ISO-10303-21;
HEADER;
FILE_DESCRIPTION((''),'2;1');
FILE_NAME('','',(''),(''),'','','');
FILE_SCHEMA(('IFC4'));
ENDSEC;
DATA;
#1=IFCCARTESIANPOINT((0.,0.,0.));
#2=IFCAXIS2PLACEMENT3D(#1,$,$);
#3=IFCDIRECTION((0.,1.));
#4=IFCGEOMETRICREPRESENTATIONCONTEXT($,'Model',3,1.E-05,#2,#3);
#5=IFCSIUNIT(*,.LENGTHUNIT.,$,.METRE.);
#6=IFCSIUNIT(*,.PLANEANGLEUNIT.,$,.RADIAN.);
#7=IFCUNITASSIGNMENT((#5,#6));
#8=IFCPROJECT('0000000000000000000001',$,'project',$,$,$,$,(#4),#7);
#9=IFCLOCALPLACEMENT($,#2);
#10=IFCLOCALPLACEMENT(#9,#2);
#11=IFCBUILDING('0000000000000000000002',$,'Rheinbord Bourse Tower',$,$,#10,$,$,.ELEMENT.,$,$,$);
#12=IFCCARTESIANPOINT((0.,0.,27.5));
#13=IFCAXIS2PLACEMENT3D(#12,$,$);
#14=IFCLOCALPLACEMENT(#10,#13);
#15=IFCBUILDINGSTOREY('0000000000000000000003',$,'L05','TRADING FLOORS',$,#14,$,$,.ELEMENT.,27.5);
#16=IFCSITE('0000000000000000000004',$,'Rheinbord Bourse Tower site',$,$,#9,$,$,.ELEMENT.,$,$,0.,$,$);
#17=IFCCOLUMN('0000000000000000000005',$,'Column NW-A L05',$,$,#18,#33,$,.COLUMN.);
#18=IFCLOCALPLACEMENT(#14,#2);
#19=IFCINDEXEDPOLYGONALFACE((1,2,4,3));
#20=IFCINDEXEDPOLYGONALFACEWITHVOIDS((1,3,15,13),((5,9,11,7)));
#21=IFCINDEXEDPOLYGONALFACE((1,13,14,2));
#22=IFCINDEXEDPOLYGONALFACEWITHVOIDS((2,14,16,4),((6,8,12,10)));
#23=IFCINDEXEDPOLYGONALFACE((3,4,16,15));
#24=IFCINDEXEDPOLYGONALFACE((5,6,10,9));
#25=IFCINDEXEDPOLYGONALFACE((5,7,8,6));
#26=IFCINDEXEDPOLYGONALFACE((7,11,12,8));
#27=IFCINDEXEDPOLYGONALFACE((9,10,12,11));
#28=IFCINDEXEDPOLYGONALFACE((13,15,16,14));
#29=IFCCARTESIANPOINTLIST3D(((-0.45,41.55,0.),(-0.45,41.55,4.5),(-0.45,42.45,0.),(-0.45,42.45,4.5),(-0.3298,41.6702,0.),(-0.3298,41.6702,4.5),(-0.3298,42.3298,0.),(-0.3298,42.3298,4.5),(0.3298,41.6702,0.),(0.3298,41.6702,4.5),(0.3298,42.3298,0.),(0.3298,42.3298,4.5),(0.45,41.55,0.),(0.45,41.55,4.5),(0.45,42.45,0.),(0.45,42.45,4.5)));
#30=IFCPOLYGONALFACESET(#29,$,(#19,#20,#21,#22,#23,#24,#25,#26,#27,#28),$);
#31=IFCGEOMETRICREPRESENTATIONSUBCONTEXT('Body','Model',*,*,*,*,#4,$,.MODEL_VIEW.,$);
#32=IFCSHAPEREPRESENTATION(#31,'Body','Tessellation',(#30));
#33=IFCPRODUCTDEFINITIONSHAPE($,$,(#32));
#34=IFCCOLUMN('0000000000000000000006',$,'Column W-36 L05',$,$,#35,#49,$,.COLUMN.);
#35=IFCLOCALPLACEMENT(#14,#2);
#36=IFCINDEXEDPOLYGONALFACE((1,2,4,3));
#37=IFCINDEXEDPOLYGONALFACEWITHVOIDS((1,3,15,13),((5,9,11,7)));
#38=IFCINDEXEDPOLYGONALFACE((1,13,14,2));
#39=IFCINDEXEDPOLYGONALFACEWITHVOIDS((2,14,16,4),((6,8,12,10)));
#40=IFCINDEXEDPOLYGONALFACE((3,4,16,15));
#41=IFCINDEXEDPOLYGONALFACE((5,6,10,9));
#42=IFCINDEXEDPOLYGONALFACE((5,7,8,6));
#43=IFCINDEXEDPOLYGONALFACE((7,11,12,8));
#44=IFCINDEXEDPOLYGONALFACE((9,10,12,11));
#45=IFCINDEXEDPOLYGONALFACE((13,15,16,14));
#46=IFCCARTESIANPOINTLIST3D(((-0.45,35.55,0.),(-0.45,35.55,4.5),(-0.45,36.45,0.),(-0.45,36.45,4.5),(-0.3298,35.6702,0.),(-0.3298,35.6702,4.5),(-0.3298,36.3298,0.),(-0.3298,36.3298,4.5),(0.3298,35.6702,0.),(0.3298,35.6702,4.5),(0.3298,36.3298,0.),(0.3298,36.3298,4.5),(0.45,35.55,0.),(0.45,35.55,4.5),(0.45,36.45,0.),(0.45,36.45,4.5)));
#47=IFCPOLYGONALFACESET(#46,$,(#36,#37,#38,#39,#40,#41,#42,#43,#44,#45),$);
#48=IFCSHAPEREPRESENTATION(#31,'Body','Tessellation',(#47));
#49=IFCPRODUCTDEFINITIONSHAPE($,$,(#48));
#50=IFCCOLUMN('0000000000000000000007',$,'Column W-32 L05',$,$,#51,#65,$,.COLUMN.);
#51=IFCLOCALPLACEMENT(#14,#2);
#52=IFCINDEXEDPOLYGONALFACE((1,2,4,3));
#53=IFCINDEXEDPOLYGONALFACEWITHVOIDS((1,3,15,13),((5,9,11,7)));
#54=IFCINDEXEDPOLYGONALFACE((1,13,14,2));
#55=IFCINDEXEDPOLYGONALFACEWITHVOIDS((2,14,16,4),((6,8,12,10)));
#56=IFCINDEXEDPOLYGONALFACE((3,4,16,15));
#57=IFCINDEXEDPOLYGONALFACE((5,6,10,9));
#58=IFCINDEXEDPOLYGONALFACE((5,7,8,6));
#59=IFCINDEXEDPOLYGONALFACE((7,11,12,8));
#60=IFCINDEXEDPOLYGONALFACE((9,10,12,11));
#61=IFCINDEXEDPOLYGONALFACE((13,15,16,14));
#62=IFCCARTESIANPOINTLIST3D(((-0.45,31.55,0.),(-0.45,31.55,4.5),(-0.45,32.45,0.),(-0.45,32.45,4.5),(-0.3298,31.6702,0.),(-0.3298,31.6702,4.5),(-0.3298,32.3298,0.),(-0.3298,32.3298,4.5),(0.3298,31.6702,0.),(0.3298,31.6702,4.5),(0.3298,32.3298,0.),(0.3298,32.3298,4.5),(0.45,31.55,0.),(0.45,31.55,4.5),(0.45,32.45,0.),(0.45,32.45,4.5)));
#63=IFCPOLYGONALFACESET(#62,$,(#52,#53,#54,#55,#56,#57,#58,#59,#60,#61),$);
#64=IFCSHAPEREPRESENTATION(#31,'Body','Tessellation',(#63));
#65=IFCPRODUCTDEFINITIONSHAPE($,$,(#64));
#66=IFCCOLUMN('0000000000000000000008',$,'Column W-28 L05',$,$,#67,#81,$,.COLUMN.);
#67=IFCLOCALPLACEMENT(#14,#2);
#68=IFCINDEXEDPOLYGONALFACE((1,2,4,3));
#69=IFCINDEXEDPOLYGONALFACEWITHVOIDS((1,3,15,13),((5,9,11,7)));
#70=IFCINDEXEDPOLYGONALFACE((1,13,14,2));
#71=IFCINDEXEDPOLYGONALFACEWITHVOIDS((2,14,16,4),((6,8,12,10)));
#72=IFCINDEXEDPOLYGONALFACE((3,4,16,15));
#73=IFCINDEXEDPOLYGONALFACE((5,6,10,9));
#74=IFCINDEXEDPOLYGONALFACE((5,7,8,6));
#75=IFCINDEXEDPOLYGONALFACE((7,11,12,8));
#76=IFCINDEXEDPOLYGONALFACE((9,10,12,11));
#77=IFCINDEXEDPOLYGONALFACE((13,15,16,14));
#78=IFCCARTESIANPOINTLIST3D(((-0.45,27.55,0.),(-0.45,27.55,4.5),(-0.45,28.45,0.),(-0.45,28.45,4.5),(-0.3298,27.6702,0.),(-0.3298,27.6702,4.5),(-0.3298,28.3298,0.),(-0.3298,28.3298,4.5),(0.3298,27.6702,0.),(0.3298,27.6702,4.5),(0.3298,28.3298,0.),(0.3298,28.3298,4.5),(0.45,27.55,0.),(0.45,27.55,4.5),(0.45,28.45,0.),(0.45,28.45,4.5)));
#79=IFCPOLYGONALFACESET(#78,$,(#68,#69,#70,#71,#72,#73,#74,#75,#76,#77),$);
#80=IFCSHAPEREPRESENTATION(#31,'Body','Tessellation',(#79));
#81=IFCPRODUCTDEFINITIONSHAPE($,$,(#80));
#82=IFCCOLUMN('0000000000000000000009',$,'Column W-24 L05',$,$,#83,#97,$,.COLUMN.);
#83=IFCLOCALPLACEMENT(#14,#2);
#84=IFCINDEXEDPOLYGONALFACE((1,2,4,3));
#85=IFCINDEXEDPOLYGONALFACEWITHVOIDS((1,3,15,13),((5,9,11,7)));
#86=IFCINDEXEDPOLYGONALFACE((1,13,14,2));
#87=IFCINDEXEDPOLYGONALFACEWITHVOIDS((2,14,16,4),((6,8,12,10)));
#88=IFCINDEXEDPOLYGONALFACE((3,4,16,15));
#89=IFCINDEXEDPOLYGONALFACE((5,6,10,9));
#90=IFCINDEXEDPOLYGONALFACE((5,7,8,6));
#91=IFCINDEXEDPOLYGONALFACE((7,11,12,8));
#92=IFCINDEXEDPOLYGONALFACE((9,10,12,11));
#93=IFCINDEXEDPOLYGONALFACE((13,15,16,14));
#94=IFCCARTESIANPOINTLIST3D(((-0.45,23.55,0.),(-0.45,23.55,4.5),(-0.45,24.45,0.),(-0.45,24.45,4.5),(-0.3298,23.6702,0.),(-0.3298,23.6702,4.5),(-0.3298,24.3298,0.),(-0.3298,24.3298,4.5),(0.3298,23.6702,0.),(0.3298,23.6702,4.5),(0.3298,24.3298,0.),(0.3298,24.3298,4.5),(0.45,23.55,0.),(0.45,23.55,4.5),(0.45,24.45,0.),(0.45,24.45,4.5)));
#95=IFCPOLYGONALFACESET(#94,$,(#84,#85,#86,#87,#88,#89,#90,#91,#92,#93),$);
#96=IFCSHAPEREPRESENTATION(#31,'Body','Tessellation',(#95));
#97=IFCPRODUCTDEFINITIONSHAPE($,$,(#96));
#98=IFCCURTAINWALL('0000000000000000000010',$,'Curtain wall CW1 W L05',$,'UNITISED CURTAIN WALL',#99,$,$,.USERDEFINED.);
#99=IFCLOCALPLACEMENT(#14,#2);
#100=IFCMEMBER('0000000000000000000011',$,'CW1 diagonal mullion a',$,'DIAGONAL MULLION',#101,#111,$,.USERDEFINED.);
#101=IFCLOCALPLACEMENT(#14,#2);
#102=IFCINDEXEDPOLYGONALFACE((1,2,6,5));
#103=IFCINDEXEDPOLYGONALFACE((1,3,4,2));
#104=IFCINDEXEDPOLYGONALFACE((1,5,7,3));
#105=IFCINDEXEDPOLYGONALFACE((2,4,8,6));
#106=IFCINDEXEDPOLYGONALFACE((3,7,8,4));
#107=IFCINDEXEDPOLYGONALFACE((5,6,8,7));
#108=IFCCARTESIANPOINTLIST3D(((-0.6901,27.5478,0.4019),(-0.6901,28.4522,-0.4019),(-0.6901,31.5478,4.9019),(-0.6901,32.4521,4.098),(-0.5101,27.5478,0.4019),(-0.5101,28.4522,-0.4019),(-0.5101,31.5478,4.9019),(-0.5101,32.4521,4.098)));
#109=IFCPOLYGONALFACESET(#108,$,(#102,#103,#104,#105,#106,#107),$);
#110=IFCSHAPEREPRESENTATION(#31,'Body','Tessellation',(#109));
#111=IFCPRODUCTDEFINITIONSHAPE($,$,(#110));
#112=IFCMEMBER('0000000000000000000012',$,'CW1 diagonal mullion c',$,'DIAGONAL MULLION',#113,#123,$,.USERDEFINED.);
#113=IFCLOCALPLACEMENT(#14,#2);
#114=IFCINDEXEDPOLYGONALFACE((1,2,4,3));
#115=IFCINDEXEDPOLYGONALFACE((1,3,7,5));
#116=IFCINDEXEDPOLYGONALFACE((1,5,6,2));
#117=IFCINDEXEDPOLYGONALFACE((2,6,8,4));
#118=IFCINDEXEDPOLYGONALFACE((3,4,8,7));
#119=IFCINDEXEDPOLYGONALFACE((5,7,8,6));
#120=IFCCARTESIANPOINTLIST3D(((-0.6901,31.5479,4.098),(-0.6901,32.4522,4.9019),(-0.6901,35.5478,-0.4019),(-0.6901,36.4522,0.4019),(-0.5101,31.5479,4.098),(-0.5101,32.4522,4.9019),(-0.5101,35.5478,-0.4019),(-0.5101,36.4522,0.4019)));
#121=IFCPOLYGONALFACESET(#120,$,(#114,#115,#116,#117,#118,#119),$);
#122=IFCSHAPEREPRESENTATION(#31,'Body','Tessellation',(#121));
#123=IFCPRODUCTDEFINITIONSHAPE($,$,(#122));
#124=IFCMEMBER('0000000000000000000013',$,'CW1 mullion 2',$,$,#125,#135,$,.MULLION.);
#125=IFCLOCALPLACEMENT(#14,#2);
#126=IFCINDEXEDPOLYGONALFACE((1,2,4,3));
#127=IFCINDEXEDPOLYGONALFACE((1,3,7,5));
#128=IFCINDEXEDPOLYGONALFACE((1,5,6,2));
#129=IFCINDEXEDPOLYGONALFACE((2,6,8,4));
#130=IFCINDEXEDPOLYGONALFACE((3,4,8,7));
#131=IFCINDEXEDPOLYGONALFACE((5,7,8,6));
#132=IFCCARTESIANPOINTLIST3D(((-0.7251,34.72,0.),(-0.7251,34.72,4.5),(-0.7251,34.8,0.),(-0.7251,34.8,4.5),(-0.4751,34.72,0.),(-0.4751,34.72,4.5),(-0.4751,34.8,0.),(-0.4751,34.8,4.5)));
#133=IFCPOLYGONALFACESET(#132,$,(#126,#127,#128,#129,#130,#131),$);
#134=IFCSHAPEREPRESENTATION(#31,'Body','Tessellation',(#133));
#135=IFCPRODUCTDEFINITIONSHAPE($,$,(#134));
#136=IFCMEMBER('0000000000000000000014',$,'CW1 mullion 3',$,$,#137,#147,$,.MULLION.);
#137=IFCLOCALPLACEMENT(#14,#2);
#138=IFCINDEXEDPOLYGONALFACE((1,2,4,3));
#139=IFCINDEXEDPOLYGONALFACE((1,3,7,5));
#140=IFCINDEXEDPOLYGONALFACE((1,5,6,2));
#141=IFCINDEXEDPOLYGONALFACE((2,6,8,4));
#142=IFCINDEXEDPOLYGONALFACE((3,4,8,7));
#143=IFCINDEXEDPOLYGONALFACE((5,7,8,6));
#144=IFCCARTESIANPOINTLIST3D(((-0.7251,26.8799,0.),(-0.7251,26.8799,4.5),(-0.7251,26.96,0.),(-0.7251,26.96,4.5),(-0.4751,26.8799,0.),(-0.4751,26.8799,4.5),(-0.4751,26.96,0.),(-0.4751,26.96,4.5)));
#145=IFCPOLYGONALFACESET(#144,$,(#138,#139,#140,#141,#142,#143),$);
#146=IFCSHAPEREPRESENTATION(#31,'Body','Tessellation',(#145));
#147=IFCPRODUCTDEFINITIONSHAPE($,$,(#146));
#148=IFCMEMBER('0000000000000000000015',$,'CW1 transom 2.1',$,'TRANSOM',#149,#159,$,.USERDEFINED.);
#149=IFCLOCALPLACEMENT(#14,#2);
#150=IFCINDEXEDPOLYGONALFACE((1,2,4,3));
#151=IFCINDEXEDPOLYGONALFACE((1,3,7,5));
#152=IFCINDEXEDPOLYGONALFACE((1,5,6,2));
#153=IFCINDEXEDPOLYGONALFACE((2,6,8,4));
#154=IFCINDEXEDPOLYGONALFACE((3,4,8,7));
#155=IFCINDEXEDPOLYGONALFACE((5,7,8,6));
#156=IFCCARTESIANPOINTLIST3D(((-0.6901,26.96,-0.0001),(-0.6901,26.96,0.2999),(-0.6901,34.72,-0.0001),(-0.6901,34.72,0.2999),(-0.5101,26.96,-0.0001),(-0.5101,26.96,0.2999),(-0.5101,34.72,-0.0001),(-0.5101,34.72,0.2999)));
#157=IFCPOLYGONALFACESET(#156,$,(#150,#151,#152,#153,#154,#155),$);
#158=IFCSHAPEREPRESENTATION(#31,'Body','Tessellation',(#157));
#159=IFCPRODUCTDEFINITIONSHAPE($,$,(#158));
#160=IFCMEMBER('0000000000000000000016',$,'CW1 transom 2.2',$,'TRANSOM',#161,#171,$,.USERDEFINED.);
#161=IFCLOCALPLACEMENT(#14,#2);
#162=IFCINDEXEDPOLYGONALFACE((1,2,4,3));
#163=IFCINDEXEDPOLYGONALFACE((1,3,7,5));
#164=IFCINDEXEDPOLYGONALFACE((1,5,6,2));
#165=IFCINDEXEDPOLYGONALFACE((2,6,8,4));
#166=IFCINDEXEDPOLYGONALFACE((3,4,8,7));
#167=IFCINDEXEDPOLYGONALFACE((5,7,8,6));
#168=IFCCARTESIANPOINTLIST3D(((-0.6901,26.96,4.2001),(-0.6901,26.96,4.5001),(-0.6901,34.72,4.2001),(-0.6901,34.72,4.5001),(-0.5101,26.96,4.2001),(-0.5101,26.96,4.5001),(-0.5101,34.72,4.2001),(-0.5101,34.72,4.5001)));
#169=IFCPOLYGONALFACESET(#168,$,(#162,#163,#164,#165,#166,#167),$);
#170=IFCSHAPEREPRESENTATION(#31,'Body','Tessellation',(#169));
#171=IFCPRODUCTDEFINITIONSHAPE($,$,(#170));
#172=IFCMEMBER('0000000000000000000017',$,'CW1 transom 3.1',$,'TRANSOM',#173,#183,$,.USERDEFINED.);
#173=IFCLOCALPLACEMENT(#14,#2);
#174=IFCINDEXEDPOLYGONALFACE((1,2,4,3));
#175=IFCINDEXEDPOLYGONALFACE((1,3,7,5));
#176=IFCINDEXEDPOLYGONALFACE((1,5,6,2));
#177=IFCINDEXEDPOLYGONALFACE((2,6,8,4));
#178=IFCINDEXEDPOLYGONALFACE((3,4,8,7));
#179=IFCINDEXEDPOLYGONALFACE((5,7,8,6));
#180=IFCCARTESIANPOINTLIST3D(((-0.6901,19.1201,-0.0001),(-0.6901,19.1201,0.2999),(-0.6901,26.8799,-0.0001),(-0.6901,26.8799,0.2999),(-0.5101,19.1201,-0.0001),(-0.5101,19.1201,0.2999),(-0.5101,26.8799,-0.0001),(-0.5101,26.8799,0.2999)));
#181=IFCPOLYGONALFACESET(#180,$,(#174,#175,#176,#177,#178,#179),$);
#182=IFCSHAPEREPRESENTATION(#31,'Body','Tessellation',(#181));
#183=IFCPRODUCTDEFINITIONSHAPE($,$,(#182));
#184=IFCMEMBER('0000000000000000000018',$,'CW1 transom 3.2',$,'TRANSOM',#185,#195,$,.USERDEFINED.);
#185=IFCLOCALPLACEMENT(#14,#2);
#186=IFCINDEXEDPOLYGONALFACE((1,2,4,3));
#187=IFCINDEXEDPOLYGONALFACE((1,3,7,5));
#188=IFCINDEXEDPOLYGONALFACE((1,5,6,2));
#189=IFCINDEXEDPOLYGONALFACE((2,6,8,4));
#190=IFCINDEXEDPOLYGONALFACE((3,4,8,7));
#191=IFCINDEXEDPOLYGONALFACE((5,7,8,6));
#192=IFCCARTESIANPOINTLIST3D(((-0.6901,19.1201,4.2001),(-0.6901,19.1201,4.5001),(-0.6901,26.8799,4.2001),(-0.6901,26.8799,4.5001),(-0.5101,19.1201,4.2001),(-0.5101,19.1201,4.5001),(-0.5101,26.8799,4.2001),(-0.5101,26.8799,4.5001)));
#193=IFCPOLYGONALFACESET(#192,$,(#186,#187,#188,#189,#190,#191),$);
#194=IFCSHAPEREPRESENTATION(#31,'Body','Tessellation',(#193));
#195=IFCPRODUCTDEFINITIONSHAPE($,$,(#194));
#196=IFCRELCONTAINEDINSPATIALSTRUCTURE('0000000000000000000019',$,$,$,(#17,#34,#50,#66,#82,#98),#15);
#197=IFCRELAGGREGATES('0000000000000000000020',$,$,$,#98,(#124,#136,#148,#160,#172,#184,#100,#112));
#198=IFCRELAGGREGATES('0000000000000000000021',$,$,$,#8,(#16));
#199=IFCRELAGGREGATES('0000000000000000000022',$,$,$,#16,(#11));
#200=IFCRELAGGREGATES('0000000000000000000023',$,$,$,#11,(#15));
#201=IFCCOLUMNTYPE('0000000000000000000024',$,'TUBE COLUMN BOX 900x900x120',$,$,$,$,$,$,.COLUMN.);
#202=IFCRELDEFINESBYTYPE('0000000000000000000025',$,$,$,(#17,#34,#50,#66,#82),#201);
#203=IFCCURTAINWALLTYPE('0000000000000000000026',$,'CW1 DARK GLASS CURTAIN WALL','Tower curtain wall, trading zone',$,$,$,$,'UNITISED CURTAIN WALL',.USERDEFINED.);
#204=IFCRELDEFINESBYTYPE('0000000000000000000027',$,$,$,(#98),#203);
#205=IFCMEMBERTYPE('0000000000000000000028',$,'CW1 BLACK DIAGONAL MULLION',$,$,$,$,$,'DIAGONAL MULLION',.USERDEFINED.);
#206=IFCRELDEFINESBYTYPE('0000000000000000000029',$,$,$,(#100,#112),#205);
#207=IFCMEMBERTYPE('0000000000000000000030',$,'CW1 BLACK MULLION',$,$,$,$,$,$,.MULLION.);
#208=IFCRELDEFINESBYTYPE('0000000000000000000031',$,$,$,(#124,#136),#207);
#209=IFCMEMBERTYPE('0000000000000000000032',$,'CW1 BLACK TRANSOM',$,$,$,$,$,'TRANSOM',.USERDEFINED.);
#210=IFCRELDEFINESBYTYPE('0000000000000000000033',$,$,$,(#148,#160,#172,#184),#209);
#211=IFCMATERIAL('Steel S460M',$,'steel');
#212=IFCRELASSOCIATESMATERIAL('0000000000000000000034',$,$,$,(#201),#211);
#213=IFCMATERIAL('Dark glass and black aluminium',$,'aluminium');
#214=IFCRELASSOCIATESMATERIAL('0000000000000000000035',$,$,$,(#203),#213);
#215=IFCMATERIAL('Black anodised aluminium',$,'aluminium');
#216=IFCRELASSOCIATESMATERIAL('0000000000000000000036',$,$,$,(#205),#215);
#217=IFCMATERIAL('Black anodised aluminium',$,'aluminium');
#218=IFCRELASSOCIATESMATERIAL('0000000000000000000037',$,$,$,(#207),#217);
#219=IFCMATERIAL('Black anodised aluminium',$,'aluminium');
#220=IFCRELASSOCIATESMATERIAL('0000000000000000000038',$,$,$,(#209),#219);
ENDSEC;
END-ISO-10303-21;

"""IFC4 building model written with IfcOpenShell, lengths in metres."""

from ifc_helpers import new_model, si_unit, direction, frame, origin, origin_2d, place, context, subcontext, project, spatial, rectangle, hollow_rectangle, extrude, material, material_profile, profile_set, type_object, element, aggregate, save


model = new_model("IFC4")

# Units and contexts
model_context = context("Model", 3, precision=1e-05, world=origin(), true_north=direction((0.0, 1.0)))
body_context = subcontext(model_context, "Body", "Model", "MODEL_VIEW")
ifc_project = project(units=[si_unit("LENGTHUNIT", "METRE"), si_unit("PLANEANGLEUNIT", "RADIAN")], contexts=[model_context])

# Site, building, storey
site_placement = place(None, origin())
site = spatial("IfcSite", under=ifc_project, at=site_placement, Name="Rheinbord Bourse Tower site", CompositionType="ELEMENT", RefElevation=0.0)
building_placement = place(site_placement, origin())
building = spatial("IfcBuilding", under=site, at=building_placement, Name="Rheinbord Bourse Tower", CompositionType="ELEMENT")
storey_placement = place(building_placement, frame((0.0, 0.0, 27.5)))
storey = spatial("IfcBuildingStorey", under=building, at=storey_placement, Name="L05", Description="TRADING FLOORS", CompositionType="ELEMENT", Elevation=27.5)

# Columns
ifc_material_1 = material(Name="Steel S460M", Category="steel")
ifc_material_profile_1 = material_profile(ifc_material_1, hollow_rectangle(XDim=0.8999, YDim=0.8999, WallThickness=0.1201, at=origin_2d()), Name="BOX 900x900x120")
ifc_profile_set_1 = profile_set([ifc_material_profile_1], Name="Steel S460M")
column_type = type_object("IfcColumnType", Name="TUBE COLUMN BOX 900x900x120", PredefinedType="COLUMN", material=ifc_profile_set_1)
for number, where, z_axis, x_axis, name in (
    (1, (0.0, 42.0, 0.0), (0.0, 0.0, 1.0), (1.0, 0.0, 0.0), "Column NW-A L05"),
    (2, (0.0, 36.0, 0.0), (0.0, 0.0, 1.0), (1.0, 0.0, 0.0), "Column W-36 L05"),
    (3, (0.0, 32.0, 0.0), (0.0, 0.0, 1.0), (1.0, 0.0, 0.0), "Column W-32 L05"),
    (4, (0.0, 28.0, 0.0), (0.0, 0.0, 1.0), (1.0, 0.0, 0.0), "Column W-28 L05"),
    (5, (0.0, 24.0, 0.0), (0.0, 0.0, 1.0), (1.0, 0.0, 0.0), "Column W-24 L05"),
):
    element("IfcColumn", number, at=place(storey_placement, frame(where, z_axis=z_axis, x_axis=x_axis)), inside=storey, type_object=column_type, Name=name, PredefinedType="COLUMN", context=body_context, shape_type="SweptSolid", body=[
        extrude(hollow_rectangle(XDim=0.8999, YDim=0.8999, WallThickness=0.1201, at=origin_2d()), origin(), (0.0, 0.0, 1.0), 4.5),
    ])

# Curtain wall, members
ifc_material_2 = material(Name="Dark glass and black aluminium", Category="aluminium")
curtain_wall_type = type_object("IfcCurtainWallType", Name="CW1 DARK GLASS CURTAIN WALL", Description="Tower curtain wall, trading zone", ElementType="UNITISED CURTAIN WALL", PredefinedType="USERDEFINED", material=ifc_material_2)
curtain_wall_placement = place(storey_placement, origin())
curtain_wall = element("IfcCurtainWall", 6, at=curtain_wall_placement, inside=storey, type_object=curtain_wall_type, Name="Curtain wall CW1 W L05", ObjectType="UNITISED CURTAIN WALL", PredefinedType="USERDEFINED")
ifc_material_3 = material(Name="Black anodised aluminium", Category="aluminium")
ifc_material_profile_2 = material_profile(ifc_material_3, rectangle(XDim=0.1799, YDim=1.21, at=origin_2d()), Name="CW1 DIAGONAL MULLION 1210x180")
ifc_profile_set_2 = profile_set([ifc_material_profile_2], Name="Black anodised aluminium")
member_type_1 = type_object("IfcMemberType", Name="CW1 BLACK DIAGONAL MULLION", ElementType="DIAGONAL MULLION", PredefinedType="USERDEFINED", material=ifc_profile_set_2)
member_1_placement = place(storey_placement, frame((-0.6001, 28.0, 0.0), z_axis=(0.0, 0.664364, 0.747409), x_axis=(-1.0, 0.0, 0.0)))
member_1 = element("IfcMember", 7, at=member_1_placement, type_object=member_type_1, Name="CW1 diagonal mullion a", ObjectType="DIAGONAL MULLION", PredefinedType="USERDEFINED", context=body_context, shape_type="SweptSolid", body=[
    extrude(rectangle(XDim=0.1799, YDim=1.21, at=origin_2d()), origin(), (0.0, 0.0, 1.0), 6.0208),
])
member_2_placement = place(storey_placement, frame((-0.6001, 36.0, 0.0), z_axis=(0.0, -0.664364, 0.747409), x_axis=(1.0, 0.0, 0.0)))
member_2 = element("IfcMember", 8, at=member_2_placement, type_object=member_type_1, Name="CW1 diagonal mullion c", ObjectType="DIAGONAL MULLION", PredefinedType="USERDEFINED", context=body_context, shape_type="SweptSolid", body=[
    extrude(rectangle(XDim=0.1799, YDim=1.21, at=origin_2d()), origin(), (0.0, 0.0, 1.0), 6.0208),
])
ifc_material_4 = material(Name="Black anodised aluminium", Category="aluminium")
ifc_material_profile_3 = material_profile(ifc_material_4, rectangle(XDim=0.25, YDim=0.0801, at=origin_2d()), Name="CW1 MULLION 80x250")
ifc_profile_set_3 = profile_set([ifc_material_profile_3], Name="Black anodised aluminium")
member_type_2 = type_object("IfcMemberType", Name="CW1 BLACK MULLION", PredefinedType="MULLION", material=ifc_profile_set_3)
member_3_placement = place(storey_placement, frame((-0.6001, 34.76, 0.0), z_axis=(0.0, 0.0, 1.0), x_axis=(1.0, 0.0, 0.0)))
member_3 = element("IfcMember", 9, at=member_3_placement, type_object=member_type_2, Name="CW1 mullion 2", PredefinedType="MULLION", context=body_context, shape_type="SweptSolid", body=[
    extrude(rectangle(XDim=0.25, YDim=0.0801, at=origin_2d()), origin(), (0.0, 0.0, 1.0), 4.5),
])
member_4_placement = place(storey_placement, frame((-0.6001, 26.9199, 0.0), z_axis=(0.0, 0.0, 1.0), x_axis=(1.0, 0.0, 0.0)))
member_4 = element("IfcMember", 10, at=member_4_placement, type_object=member_type_2, Name="CW1 mullion 3", PredefinedType="MULLION", context=body_context, shape_type="SweptSolid", body=[
    extrude(rectangle(XDim=0.25, YDim=0.0801, at=origin_2d()), origin(), (0.0, 0.0, 1.0), 4.5),
])
ifc_material_5 = material(Name="Black anodised aluminium", Category="aluminium")
ifc_material_profile_4 = material_profile(ifc_material_5, rectangle(XDim=0.1799, YDim=0.3, at=origin_2d()), Name="CW1 TRANSOM 300x180")
ifc_profile_set_4 = profile_set([ifc_material_profile_4], Name="Black anodised aluminium")
member_type_3 = type_object("IfcMemberType", Name="CW1 BLACK TRANSOM", ElementType="TRANSOM", PredefinedType="USERDEFINED", material=ifc_profile_set_4)
member_5_placement = place(storey_placement, frame((-0.6001, 34.72, 0.1499), z_axis=(0.0, -1.0, 0.0), x_axis=(1.0, 0.0, 0.0)))
member_5 = element("IfcMember", 11, at=member_5_placement, type_object=member_type_3, Name="CW1 transom 2.1", ObjectType="TRANSOM", PredefinedType="USERDEFINED", context=body_context, shape_type="SweptSolid", body=[
    extrude(rectangle(XDim=0.1799, YDim=0.3, at=origin_2d()), origin(), (0.0, 0.0, 1.0), 7.76),
])
member_6_placement = place(storey_placement, frame((-0.6001, 34.72, 4.3501), z_axis=(0.0, -1.0, 0.0), x_axis=(1.0, 0.0, 0.0)))
member_6 = element("IfcMember", 12, at=member_6_placement, type_object=member_type_3, Name="CW1 transom 2.2", ObjectType="TRANSOM", PredefinedType="USERDEFINED", context=body_context, shape_type="SweptSolid", body=[
    extrude(rectangle(XDim=0.1799, YDim=0.3, at=origin_2d()), origin(), (0.0, 0.0, 1.0), 7.76),
])
member_7_placement = place(storey_placement, frame((-0.6001, 26.8799, 0.1499), z_axis=(0.0, -1.0, 0.0), x_axis=(1.0, 0.0, 0.0)))
member_7 = element("IfcMember", 13, at=member_7_placement, type_object=member_type_3, Name="CW1 transom 3.1", ObjectType="TRANSOM", PredefinedType="USERDEFINED", context=body_context, shape_type="SweptSolid", body=[
    extrude(rectangle(XDim=0.1799, YDim=0.3, at=origin_2d()), origin(), (0.0, 0.0, 1.0), 7.7598),
])
member_8_placement = place(storey_placement, frame((-0.6001, 26.8799, 4.3501), z_axis=(0.0, -1.0, 0.0), x_axis=(1.0, 0.0, 0.0)))
member_8 = element("IfcMember", 14, at=member_8_placement, type_object=member_type_3, Name="CW1 transom 3.2", ObjectType="TRANSOM", PredefinedType="USERDEFINED", context=body_context, shape_type="SweptSolid", body=[
    extrude(rectangle(XDim=0.1799, YDim=0.3, at=origin_2d()), origin(), (0.0, 0.0, 1.0), 7.7598),
])

aggregate(curtain_wall, [member_3, member_4, member_5, member_6, member_7, member_8, member_1, member_2])

save(model, "model.ifc")
